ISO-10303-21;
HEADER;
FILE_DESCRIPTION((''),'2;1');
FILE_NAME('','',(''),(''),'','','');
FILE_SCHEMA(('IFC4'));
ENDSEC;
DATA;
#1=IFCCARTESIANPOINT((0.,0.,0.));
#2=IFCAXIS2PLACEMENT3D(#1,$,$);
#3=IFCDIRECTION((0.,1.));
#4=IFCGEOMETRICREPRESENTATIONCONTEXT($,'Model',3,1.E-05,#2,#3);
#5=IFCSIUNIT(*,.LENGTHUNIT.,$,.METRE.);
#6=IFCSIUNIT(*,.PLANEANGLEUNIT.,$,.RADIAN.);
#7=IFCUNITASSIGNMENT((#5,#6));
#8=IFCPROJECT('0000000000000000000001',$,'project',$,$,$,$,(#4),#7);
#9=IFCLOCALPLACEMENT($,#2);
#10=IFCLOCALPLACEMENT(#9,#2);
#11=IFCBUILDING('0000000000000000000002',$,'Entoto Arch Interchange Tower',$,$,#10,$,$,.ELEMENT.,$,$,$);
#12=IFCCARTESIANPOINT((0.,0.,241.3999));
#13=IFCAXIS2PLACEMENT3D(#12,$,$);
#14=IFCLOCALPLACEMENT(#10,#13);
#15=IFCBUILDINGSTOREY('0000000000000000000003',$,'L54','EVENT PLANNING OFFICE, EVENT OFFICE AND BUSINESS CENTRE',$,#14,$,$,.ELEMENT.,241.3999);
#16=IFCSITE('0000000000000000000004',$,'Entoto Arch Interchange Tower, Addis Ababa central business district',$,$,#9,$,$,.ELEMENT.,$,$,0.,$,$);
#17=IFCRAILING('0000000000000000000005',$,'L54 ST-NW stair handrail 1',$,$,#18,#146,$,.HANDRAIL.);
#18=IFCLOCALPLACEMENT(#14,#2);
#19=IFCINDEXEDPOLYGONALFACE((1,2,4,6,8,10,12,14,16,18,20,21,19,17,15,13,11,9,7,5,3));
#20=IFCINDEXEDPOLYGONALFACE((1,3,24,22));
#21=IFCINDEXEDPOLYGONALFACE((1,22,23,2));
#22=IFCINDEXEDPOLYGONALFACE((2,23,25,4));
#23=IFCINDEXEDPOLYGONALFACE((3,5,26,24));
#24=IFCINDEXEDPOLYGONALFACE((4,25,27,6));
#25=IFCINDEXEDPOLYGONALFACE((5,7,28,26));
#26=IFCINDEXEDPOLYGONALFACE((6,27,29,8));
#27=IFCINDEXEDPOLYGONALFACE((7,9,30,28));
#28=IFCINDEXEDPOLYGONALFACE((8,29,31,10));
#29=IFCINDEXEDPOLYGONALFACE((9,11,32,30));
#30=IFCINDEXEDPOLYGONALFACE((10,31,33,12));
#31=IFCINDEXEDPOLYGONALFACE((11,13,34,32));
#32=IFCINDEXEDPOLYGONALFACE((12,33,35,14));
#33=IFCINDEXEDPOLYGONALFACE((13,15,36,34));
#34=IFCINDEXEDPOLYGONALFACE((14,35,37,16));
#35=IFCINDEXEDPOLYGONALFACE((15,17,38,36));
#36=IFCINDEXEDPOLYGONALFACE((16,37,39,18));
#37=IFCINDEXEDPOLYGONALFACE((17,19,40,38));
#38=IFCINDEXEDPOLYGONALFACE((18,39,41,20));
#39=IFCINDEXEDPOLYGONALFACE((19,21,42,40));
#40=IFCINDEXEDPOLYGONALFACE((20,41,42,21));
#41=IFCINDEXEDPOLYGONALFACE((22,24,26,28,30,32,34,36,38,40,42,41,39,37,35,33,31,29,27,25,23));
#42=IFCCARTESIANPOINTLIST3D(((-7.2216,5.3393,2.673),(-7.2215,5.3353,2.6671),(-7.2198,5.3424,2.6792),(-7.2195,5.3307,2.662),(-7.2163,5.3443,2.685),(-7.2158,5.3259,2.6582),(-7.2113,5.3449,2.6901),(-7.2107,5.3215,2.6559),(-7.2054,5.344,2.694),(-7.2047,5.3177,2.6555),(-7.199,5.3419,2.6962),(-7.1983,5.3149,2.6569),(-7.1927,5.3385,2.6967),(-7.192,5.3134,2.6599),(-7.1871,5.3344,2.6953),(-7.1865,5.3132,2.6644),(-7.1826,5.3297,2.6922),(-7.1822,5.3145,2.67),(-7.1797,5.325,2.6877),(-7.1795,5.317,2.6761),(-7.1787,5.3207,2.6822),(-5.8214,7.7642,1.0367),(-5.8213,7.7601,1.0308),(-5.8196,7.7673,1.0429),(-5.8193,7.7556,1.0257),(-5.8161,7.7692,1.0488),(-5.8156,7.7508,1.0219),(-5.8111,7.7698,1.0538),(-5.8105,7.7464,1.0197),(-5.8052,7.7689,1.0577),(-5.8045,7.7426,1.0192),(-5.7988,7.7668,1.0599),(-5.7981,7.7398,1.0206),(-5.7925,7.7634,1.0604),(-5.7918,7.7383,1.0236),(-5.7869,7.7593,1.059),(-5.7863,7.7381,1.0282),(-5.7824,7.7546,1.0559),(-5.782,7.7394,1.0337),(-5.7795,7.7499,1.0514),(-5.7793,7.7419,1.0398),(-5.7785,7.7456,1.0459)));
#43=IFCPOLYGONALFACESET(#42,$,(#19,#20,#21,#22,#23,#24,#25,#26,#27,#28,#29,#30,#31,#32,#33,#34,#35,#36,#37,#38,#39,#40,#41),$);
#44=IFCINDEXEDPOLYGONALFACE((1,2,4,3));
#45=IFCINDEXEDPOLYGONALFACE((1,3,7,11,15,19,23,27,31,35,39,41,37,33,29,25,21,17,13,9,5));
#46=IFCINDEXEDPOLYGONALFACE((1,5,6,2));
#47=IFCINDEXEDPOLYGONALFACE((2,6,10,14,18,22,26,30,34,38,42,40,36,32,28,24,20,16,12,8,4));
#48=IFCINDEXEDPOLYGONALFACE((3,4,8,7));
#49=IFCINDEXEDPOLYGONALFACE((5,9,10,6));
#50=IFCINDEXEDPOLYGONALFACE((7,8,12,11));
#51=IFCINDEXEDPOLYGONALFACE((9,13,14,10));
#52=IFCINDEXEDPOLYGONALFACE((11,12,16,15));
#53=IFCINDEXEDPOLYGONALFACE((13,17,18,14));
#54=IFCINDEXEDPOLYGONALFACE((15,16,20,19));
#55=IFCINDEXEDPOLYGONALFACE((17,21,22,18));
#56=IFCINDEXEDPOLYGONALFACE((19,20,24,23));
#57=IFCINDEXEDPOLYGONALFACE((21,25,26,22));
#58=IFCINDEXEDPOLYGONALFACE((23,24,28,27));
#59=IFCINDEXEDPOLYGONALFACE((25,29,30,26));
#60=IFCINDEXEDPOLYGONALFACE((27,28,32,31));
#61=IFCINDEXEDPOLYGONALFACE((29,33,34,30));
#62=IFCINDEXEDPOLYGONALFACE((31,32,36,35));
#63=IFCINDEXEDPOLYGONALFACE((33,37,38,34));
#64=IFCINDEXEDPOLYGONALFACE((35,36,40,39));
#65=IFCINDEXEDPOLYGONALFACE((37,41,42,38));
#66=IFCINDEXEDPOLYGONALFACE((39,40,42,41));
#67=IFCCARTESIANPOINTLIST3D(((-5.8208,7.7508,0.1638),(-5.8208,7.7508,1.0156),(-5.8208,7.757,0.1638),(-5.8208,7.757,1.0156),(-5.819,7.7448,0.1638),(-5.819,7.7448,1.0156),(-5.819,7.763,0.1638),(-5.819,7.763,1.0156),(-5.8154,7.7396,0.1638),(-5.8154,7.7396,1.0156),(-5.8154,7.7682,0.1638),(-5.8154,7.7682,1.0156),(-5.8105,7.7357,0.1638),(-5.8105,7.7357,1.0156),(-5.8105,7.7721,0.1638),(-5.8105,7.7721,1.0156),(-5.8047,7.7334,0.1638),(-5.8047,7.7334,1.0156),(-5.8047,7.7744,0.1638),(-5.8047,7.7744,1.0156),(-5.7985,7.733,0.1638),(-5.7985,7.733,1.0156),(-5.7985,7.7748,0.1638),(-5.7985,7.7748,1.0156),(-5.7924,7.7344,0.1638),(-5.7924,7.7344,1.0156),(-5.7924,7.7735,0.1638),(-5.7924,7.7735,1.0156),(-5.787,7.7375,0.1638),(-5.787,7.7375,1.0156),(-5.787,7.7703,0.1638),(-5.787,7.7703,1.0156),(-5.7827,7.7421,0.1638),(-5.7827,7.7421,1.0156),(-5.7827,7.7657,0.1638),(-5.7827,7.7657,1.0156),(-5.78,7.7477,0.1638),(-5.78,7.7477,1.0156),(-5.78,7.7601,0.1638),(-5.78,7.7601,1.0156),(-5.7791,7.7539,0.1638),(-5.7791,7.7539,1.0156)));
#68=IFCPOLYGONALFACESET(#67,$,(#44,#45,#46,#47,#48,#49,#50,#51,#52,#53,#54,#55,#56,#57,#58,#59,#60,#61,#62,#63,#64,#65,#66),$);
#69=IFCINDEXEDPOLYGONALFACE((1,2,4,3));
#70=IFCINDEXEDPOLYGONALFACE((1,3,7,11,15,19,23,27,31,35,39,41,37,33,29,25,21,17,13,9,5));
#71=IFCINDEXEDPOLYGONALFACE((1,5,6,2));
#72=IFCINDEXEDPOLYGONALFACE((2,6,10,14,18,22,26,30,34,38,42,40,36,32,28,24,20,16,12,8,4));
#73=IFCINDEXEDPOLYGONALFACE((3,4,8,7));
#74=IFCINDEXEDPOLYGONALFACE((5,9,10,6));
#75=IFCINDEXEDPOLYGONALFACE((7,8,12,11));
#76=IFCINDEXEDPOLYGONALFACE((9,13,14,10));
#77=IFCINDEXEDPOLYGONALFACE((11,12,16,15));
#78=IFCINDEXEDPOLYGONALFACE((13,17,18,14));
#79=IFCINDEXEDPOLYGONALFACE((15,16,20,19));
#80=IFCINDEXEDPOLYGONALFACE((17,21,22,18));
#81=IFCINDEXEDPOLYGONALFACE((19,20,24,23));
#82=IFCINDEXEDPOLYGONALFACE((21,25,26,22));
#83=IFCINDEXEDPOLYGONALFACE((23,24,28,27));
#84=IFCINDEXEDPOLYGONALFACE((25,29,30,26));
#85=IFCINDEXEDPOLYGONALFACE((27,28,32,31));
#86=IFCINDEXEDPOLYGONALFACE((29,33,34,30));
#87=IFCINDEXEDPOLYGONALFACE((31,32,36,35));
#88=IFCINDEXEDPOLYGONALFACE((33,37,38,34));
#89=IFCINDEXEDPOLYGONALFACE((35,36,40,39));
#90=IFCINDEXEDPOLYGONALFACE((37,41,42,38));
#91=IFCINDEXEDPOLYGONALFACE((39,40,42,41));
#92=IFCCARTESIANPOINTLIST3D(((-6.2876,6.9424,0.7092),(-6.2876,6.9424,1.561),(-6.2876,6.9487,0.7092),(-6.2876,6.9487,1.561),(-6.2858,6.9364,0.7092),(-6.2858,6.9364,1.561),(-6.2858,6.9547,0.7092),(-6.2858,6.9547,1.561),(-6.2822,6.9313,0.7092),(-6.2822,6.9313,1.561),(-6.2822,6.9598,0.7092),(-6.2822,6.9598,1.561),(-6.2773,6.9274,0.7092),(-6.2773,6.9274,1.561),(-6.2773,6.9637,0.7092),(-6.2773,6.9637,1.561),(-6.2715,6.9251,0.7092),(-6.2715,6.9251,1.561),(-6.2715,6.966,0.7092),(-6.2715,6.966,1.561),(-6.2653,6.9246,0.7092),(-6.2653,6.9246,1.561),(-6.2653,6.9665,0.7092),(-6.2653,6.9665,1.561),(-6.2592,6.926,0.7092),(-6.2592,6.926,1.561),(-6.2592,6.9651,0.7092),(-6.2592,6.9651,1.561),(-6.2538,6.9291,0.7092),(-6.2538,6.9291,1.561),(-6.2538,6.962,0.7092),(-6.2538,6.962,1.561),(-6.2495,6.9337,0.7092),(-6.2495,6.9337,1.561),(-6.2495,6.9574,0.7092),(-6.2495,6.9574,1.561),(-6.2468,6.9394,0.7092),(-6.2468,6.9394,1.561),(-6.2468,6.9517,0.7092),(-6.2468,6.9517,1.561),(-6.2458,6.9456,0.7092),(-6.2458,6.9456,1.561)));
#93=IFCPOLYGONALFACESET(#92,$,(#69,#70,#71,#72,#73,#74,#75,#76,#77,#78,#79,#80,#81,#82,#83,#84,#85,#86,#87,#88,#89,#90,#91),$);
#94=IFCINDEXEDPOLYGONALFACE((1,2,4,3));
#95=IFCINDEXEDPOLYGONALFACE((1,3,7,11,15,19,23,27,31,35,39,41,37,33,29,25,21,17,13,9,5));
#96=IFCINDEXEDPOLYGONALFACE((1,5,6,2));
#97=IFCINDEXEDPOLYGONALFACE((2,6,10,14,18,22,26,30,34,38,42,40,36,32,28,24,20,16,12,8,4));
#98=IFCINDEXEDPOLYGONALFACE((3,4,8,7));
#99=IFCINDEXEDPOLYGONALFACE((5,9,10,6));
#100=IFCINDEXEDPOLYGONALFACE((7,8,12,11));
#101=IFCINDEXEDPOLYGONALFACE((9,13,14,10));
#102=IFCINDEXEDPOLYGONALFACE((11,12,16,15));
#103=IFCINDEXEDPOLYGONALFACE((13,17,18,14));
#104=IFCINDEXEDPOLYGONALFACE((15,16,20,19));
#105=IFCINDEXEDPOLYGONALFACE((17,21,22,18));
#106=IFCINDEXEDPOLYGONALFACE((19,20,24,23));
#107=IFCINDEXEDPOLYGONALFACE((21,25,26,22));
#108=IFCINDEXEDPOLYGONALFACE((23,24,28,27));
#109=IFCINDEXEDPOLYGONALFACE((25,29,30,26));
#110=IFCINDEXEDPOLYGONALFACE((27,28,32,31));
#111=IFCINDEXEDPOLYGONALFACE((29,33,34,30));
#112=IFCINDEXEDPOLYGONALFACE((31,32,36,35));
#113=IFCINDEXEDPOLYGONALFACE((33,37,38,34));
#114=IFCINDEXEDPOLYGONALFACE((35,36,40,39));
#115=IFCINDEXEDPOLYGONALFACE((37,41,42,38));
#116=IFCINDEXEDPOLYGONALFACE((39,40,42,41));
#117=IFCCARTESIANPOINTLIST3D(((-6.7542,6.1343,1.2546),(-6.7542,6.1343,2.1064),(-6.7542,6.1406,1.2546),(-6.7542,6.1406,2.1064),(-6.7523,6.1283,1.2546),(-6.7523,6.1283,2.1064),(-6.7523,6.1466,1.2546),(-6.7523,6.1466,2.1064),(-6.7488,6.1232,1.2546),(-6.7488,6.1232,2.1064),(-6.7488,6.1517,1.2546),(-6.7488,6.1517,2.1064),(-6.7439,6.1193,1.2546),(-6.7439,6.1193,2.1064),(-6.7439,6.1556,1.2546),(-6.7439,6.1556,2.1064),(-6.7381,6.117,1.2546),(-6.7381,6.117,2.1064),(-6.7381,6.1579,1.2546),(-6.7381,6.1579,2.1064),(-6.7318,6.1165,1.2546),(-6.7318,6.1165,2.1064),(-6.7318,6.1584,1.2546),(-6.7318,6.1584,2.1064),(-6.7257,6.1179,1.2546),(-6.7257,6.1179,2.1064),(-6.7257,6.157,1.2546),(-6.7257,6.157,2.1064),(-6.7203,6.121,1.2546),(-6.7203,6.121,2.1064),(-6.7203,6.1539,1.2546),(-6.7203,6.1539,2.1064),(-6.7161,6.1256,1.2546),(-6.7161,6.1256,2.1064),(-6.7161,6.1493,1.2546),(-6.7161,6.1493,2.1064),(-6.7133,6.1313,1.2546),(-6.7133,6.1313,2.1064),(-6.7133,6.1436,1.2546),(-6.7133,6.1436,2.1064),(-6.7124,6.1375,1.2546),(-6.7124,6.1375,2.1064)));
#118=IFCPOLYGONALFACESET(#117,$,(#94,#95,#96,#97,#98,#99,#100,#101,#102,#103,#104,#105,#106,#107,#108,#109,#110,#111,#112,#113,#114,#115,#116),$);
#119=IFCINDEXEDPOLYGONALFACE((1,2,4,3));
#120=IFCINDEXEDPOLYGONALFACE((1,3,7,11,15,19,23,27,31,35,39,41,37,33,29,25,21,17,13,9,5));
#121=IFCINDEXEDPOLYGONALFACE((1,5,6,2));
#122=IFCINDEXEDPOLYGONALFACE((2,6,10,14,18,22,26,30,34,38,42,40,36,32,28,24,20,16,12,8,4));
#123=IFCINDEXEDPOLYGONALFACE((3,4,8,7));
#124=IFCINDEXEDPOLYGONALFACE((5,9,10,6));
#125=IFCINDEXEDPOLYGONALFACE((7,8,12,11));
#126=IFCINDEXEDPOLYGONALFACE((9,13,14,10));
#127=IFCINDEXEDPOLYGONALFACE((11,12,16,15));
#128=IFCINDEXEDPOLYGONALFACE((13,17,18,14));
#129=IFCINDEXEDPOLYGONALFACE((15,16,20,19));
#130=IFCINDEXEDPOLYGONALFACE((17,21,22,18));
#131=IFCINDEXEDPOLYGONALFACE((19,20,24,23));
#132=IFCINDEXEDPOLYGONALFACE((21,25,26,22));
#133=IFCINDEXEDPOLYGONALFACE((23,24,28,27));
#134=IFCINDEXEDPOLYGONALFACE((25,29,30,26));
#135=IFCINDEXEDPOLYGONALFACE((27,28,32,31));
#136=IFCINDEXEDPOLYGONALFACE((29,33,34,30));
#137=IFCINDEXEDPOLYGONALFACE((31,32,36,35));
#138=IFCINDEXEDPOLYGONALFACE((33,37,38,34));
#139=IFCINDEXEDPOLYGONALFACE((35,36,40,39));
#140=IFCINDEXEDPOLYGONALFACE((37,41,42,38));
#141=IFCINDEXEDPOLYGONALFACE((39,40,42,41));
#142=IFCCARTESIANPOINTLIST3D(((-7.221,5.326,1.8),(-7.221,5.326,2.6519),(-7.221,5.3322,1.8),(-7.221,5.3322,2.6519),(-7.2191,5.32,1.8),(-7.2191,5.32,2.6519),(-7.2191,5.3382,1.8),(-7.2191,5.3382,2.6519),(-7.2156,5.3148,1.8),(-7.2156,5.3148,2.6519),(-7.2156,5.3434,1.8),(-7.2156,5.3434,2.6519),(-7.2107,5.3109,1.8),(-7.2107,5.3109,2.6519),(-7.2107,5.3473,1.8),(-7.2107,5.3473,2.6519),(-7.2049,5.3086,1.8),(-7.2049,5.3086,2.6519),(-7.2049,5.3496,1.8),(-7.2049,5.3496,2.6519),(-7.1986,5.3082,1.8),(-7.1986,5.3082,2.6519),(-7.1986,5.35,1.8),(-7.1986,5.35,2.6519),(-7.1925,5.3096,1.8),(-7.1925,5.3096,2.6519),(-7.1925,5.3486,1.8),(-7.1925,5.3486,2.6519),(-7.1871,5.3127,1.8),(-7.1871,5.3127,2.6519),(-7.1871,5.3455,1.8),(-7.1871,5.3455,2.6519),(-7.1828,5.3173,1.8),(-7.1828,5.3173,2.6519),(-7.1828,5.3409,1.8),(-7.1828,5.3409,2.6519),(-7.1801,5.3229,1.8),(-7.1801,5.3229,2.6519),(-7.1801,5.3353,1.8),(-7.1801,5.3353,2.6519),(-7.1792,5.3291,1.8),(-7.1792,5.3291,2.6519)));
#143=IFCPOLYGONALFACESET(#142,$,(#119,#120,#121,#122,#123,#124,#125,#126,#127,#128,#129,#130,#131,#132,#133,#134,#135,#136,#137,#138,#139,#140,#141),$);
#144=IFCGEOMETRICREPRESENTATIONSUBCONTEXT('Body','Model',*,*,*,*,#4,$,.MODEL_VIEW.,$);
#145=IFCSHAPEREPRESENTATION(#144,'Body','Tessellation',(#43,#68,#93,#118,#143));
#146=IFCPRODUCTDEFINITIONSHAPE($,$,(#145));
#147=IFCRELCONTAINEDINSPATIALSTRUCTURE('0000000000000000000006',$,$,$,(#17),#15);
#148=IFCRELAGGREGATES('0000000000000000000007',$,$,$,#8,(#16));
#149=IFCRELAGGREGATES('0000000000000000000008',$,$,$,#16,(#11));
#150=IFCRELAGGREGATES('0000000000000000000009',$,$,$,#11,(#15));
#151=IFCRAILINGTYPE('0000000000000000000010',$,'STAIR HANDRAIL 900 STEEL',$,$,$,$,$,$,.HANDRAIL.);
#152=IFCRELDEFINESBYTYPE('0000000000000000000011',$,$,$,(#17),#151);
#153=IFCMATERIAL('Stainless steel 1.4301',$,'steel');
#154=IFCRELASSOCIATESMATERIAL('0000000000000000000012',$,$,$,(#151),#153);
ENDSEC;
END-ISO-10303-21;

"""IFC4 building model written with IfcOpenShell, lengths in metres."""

from ifc_helpers import new_model, si_unit, direction, frame, origin, origin_2d, place, context, subcontext, project, spatial, circle, extrude, material, type_object, element, save


model = new_model("IFC4")

# Units and contexts
model_context = context("Model", 3, precision=1e-05, world=origin(), true_north=direction((0.0, 1.0)))
body_context = subcontext(model_context, "Body", "Model", "MODEL_VIEW")
ifc_project = project(units=[si_unit("LENGTHUNIT", "METRE"), si_unit("PLANEANGLEUNIT", "RADIAN")], contexts=[model_context])

# Site, building, storey
site_placement = place(None, origin())
site = spatial("IfcSite", under=ifc_project, at=site_placement, Name="Entoto Arch Interchange Tower, Addis Ababa central business district", CompositionType="ELEMENT", RefElevation=0.0)
building_placement = place(site_placement, origin())
building = spatial("IfcBuilding", under=site, at=building_placement, Name="Entoto Arch Interchange Tower", CompositionType="ELEMENT")
storey_placement = place(building_placement, frame((0.0, 0.0, 241.3999)))
storey = spatial("IfcBuildingStorey", under=building, at=storey_placement, Name="L54", Description="EVENT PLANNING OFFICE, EVENT OFFICE AND BUSINESS CENTRE", CompositionType="ELEMENT", Elevation=241.3999)

# Railing
ifc_material_1 = material(Name="Stainless steel 1.4301", Category="steel")
railing_type = type_object("IfcRailingType", Name="STAIR HANDRAIL 900 STEEL", PredefinedType="HANDRAIL", material=ifc_material_1)
railing_placement = place(storey_placement, frame((-5.8, 7.7539, 0.1638)))
element("IfcRailing", 1, at=railing_placement, inside=storey, type_object=railing_type, Name="L54 ST-NW stair handrail 1", PredefinedType="HANDRAIL", context=body_context, shape_type="SweptSolid", body=[
    extrude(circle(Radius=0.0239, at=origin_2d()), frame((0.0, 0.0, 0.876), z_axis=(-0.431738, -0.747694, 0.504535), x_axis=(0.865997, -0.50005, 0.0)), (0.0, 0.0, 1.0), 3.2432),
    extrude(circle(Radius=0.021, at=origin_2d()), origin(), (0.0, 0.0, 1.0), 0.8518),
    extrude(circle(Radius=0.021, at=origin_2d()), frame((-0.4668, -0.8083, 0.5454)), (0.0, 0.0, 1.0), 0.8518),
    extrude(circle(Radius=0.021, at=origin_2d()), frame((-0.9333, -1.6165, 1.0908)), (0.0, 0.0, 1.0), 0.8518),
    extrude(circle(Radius=0.021, at=origin_2d()), frame((-1.4001, -2.4248, 1.6362)), (0.0, 0.0, 1.0), 0.8518),
])

save(model, "model.ifc")
